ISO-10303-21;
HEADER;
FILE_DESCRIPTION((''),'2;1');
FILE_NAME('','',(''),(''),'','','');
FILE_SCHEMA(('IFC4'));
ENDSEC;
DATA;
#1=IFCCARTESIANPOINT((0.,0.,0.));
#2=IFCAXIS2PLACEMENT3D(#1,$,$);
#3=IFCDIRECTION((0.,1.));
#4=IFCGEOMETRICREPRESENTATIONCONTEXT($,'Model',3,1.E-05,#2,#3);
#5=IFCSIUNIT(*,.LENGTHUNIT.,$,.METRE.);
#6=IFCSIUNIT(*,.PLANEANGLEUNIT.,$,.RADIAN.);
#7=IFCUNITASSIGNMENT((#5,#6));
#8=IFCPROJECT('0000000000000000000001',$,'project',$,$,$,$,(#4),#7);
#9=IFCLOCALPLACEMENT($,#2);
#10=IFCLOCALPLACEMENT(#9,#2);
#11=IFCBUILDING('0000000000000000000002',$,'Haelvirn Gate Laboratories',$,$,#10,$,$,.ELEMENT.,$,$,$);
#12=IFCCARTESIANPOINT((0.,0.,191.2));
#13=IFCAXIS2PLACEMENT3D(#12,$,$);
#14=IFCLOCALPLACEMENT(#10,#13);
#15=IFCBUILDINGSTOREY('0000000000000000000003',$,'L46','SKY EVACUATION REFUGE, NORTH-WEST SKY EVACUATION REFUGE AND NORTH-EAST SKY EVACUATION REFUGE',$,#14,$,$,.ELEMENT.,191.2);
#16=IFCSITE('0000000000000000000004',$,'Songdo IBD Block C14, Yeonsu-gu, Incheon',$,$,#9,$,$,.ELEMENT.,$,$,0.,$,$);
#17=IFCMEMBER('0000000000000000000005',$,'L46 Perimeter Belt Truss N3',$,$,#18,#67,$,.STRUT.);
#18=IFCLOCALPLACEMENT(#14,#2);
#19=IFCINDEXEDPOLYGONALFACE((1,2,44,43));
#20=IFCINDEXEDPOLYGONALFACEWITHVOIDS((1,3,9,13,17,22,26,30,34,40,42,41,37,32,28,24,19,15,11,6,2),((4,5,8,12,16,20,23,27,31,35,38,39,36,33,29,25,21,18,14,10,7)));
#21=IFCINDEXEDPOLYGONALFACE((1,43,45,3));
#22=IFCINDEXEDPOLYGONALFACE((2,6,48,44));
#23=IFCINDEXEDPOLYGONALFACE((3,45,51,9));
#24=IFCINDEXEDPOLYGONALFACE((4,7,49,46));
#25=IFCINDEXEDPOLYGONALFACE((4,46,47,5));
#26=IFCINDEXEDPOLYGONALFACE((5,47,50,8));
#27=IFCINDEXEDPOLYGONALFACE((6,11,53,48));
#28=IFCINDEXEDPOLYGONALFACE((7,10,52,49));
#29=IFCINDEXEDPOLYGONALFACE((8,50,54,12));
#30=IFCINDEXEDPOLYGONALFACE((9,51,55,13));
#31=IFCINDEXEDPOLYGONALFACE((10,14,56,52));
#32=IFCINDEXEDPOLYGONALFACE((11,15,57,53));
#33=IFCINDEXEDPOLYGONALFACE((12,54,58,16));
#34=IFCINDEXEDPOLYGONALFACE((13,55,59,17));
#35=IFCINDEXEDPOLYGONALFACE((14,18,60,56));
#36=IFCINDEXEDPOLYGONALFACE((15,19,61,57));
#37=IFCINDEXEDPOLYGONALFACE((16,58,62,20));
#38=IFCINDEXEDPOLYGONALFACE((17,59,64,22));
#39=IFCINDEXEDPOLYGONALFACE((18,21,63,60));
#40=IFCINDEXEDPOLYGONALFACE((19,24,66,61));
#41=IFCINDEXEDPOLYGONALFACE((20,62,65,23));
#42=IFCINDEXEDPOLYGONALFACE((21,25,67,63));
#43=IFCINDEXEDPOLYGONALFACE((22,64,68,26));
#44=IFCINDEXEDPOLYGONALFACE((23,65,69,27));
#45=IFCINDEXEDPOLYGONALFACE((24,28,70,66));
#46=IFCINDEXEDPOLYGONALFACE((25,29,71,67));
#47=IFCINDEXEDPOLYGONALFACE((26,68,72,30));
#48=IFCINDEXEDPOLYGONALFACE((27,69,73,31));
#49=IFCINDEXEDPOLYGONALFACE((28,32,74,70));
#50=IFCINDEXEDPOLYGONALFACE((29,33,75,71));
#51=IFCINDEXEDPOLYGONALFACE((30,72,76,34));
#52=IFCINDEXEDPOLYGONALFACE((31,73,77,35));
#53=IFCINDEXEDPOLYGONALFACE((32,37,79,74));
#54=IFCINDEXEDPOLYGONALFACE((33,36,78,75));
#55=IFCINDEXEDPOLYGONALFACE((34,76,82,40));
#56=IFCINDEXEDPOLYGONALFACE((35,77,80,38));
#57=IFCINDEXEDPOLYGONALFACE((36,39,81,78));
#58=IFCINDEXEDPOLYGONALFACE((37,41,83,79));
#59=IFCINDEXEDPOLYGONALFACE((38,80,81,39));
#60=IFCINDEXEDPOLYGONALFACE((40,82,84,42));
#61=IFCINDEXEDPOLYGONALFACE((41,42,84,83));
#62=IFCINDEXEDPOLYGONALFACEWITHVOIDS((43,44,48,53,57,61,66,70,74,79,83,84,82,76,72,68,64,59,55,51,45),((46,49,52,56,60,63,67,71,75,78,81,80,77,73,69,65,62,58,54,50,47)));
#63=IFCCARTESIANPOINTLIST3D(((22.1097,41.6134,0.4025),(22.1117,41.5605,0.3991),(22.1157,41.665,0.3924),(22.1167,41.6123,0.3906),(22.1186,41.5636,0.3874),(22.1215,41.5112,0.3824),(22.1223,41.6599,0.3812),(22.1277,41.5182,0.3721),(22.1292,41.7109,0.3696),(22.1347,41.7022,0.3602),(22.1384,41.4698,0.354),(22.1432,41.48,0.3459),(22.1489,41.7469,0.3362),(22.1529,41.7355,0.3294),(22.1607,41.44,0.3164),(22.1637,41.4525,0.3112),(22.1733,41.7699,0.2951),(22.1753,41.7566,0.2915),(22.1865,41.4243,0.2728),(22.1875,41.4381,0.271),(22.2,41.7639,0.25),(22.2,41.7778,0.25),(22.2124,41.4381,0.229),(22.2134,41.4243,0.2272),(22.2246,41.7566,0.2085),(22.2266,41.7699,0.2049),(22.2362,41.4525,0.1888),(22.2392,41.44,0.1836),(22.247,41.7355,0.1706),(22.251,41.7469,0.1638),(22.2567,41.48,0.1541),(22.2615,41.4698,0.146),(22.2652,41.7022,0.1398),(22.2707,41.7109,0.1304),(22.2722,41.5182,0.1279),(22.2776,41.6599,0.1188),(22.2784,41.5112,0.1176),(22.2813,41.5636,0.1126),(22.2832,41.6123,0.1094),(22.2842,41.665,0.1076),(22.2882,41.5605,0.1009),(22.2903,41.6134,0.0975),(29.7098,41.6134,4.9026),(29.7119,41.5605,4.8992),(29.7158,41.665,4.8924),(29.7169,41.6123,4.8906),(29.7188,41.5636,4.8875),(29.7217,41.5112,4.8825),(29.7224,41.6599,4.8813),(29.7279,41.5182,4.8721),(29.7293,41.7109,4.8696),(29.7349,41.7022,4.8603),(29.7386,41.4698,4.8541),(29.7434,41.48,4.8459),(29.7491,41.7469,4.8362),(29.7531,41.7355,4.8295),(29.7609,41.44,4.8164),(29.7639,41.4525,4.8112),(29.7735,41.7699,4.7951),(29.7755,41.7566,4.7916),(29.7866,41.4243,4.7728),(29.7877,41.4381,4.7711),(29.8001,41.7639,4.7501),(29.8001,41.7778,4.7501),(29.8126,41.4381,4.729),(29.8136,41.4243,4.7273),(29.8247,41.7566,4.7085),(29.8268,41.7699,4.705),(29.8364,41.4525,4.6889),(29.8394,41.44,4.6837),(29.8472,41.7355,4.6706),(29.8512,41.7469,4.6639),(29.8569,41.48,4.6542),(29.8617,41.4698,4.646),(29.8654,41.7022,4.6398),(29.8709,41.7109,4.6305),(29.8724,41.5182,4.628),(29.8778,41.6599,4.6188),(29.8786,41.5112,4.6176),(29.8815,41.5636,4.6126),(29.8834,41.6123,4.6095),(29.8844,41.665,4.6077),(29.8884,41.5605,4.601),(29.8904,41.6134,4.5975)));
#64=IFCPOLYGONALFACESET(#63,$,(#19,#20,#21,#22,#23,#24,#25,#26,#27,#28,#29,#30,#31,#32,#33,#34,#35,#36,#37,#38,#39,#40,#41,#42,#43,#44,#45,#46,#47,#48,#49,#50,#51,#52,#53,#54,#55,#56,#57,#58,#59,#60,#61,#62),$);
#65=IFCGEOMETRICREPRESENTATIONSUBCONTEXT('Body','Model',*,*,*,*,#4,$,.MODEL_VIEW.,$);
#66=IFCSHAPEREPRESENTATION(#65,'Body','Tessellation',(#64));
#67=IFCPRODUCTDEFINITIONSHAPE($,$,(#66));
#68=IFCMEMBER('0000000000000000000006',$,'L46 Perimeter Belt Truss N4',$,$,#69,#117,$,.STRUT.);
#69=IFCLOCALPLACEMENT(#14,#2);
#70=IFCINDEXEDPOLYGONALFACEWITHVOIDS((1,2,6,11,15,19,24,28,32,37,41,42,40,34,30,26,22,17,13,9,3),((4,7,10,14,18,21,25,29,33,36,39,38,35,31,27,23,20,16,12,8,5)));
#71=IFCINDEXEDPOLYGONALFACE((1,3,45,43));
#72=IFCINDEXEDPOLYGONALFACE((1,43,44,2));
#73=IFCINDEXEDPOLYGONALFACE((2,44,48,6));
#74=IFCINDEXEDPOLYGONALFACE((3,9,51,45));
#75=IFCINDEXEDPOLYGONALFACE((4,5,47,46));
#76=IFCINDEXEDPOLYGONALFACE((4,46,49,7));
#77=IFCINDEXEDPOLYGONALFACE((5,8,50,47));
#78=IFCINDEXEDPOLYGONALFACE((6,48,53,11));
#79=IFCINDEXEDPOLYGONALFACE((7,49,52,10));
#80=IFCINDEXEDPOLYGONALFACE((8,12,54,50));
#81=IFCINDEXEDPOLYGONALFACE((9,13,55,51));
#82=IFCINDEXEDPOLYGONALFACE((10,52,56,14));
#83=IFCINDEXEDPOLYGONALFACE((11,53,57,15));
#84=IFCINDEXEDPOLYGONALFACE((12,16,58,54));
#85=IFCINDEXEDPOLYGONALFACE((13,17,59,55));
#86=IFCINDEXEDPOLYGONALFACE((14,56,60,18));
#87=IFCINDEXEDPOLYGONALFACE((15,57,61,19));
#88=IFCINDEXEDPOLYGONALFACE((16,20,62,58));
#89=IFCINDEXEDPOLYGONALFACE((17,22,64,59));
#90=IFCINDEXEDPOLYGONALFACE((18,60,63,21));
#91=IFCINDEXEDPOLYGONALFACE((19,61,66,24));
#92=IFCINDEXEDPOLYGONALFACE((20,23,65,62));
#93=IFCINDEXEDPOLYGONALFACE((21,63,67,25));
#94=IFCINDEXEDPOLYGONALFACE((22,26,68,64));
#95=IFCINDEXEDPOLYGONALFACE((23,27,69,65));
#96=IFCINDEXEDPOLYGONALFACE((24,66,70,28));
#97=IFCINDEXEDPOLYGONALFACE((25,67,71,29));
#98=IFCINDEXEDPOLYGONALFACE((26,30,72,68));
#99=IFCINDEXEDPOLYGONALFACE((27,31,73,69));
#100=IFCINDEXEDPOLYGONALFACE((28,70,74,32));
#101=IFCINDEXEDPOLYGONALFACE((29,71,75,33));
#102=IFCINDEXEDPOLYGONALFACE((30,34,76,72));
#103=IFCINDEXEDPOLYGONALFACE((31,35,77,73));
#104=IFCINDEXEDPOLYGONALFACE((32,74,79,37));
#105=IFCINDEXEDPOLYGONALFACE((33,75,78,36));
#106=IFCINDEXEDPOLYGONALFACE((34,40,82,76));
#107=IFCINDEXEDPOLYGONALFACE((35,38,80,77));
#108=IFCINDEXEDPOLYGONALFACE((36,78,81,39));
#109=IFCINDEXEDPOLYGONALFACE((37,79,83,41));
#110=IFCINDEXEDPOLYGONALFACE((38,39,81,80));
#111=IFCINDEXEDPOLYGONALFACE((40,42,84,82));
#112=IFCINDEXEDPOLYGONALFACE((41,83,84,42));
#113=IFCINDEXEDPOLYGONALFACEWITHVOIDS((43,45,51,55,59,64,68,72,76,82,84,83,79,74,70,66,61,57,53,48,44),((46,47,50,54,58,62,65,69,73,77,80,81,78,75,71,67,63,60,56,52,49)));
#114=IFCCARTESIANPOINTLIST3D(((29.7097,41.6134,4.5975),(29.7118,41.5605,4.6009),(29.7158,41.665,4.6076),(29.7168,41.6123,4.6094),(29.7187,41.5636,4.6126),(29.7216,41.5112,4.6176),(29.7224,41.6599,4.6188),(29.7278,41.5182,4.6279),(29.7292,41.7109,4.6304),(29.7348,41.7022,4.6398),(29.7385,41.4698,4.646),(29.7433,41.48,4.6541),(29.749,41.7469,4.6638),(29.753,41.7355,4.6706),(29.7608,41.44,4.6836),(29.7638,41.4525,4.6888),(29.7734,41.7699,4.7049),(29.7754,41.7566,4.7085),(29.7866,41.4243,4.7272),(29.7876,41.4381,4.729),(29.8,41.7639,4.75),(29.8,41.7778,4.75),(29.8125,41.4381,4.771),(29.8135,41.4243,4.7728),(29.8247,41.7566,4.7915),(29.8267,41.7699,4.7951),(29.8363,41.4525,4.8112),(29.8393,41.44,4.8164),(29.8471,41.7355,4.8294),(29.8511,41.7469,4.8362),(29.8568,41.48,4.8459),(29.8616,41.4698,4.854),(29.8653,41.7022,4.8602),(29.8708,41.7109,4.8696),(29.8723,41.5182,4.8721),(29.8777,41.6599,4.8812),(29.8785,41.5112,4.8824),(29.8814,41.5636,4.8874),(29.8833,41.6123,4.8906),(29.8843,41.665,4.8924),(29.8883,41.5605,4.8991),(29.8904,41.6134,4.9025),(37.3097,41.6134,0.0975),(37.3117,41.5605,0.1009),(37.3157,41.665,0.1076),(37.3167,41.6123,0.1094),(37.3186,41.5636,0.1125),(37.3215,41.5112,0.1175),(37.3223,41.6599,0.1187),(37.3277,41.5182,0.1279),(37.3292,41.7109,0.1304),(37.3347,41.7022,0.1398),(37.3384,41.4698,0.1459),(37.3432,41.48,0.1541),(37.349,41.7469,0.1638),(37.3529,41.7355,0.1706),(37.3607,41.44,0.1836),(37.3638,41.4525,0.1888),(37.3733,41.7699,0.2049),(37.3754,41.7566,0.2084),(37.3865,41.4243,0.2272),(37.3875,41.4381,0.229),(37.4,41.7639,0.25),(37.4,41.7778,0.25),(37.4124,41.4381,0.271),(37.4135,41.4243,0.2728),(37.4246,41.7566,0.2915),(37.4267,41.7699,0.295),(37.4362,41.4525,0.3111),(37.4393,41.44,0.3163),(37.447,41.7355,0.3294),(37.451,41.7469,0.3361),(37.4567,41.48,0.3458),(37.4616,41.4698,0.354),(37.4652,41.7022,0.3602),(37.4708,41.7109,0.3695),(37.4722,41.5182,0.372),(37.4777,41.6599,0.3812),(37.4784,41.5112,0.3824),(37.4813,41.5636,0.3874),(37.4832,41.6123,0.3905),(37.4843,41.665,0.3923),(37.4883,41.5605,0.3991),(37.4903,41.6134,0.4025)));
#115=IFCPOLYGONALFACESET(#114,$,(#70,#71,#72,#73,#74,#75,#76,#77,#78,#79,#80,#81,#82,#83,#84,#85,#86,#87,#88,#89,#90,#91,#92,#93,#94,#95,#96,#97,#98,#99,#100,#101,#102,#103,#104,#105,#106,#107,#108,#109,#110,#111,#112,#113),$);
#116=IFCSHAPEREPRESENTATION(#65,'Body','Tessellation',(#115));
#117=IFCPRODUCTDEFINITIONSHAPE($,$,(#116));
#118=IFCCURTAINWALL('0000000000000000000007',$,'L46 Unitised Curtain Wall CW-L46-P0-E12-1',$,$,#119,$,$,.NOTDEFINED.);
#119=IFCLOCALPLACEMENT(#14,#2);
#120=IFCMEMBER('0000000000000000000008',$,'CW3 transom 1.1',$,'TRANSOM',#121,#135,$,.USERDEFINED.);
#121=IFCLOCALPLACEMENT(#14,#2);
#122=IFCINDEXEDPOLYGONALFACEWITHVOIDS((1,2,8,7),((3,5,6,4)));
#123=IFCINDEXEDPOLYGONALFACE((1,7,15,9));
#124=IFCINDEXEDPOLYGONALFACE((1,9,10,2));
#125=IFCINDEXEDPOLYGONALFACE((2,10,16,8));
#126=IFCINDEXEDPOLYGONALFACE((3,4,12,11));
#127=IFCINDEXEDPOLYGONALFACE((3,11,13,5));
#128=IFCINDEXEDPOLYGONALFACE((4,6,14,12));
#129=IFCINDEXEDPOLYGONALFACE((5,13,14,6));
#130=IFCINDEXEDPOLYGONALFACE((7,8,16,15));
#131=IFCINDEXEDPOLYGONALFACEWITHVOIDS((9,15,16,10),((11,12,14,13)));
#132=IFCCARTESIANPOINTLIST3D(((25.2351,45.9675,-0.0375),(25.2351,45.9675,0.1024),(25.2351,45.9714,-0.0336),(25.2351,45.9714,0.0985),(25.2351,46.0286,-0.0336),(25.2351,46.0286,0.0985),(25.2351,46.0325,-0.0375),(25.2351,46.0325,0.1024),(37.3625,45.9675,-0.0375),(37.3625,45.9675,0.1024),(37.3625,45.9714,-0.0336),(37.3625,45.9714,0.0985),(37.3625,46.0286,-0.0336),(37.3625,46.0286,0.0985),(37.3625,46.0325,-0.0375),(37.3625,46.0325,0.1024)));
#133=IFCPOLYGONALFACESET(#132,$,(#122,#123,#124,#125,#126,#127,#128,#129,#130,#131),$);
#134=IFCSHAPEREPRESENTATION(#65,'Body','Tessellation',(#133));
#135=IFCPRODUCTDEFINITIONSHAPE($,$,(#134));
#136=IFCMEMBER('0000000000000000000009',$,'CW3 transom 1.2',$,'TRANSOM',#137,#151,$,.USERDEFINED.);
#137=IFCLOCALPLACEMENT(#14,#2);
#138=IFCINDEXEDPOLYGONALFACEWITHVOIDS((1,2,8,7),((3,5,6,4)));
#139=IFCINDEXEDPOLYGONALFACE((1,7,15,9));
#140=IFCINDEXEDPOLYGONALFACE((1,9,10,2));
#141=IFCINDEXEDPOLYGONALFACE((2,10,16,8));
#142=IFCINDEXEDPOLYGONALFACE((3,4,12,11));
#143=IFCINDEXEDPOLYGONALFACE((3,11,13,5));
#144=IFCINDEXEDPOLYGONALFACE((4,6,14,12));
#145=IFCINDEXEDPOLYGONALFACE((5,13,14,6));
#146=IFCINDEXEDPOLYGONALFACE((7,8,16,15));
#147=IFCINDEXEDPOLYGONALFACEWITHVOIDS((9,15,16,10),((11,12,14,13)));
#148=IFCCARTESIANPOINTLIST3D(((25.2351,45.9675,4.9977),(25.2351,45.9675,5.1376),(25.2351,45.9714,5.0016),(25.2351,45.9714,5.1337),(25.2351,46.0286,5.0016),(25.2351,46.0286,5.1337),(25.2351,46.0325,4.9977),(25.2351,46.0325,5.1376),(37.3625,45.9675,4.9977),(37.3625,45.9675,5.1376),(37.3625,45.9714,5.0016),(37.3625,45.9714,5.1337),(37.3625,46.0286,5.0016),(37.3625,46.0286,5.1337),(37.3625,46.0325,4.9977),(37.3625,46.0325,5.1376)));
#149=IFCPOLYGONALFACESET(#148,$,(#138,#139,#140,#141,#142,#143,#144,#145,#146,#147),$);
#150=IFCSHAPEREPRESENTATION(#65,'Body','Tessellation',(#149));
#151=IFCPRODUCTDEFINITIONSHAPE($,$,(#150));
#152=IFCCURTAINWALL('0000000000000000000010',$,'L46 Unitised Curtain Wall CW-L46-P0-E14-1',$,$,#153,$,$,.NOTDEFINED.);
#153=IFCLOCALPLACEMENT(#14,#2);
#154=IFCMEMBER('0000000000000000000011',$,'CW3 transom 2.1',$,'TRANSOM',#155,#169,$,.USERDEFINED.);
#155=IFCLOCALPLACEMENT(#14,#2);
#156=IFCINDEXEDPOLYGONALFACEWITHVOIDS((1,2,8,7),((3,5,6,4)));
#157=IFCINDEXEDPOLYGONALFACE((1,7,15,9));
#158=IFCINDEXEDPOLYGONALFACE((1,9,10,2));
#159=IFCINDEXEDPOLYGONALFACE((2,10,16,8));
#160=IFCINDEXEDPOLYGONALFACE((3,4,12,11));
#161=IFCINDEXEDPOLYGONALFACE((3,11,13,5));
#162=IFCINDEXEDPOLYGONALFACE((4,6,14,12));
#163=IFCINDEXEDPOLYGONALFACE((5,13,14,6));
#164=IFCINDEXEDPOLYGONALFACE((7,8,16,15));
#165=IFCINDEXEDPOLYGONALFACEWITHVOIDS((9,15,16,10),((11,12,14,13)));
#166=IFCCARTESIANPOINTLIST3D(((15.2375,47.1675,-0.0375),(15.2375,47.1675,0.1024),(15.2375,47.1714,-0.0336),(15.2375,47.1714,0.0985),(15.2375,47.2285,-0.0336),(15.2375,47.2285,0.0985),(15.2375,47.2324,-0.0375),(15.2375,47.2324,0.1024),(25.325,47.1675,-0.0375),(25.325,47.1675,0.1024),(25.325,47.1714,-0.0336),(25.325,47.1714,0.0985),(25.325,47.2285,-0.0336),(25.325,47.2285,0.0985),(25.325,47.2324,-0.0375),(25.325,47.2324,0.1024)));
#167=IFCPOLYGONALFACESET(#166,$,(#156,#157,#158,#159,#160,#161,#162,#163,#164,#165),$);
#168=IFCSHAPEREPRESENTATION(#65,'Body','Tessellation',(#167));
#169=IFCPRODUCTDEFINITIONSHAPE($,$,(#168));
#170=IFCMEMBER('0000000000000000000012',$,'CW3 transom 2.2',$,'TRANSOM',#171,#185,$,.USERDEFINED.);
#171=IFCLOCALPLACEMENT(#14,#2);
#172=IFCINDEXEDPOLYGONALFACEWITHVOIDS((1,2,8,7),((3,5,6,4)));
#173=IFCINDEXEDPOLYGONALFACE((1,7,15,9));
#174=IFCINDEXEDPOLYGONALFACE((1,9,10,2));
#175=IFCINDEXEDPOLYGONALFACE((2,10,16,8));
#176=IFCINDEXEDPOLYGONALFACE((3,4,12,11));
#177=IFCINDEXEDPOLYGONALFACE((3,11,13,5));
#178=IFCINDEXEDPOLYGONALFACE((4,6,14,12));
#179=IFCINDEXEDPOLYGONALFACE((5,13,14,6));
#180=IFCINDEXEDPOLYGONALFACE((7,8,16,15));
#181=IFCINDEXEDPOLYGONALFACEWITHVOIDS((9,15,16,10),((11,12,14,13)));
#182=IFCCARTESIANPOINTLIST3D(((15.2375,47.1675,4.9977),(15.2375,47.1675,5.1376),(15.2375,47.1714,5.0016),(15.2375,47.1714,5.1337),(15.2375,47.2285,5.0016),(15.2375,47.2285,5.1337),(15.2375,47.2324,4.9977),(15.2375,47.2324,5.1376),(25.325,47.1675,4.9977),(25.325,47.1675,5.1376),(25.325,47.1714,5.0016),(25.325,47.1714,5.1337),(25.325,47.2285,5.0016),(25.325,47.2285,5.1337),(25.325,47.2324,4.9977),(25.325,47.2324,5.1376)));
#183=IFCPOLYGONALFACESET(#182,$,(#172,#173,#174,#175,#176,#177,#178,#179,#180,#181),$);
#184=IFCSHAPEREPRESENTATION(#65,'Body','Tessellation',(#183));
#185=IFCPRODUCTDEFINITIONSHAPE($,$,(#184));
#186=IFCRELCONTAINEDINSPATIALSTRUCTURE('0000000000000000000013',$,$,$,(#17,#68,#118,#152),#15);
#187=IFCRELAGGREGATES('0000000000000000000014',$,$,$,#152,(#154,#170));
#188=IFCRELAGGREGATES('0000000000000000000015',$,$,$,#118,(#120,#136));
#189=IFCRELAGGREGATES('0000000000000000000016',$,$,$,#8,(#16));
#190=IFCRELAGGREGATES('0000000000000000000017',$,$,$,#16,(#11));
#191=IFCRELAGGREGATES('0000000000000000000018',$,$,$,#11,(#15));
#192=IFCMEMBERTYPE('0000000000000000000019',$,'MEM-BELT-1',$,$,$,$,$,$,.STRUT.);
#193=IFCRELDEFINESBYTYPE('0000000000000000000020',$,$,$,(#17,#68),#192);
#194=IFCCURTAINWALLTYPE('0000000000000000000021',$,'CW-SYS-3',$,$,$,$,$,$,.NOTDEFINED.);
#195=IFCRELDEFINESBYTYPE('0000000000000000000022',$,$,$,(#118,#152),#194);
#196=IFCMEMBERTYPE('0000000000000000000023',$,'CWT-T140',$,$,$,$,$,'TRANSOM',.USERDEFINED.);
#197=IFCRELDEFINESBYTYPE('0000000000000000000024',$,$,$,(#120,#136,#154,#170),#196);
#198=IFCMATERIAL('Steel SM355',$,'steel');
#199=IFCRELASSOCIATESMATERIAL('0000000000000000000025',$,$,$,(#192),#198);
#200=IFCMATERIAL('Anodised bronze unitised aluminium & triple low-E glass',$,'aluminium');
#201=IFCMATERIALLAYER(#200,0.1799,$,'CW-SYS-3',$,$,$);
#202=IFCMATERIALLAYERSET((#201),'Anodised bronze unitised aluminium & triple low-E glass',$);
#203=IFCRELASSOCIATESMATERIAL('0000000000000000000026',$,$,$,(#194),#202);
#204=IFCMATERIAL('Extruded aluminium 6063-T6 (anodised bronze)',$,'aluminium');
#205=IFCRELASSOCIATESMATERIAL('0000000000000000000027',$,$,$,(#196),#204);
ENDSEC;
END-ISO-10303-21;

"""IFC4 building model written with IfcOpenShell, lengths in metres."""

from ifc_helpers import new_model, si_unit, direction, frame, origin, origin_2d, place, context, subcontext, project, spatial, hollow_rectangle, hollow_circle, extrude, source, transform, mapped, material, layer, layer_set, material_profile, profile_set, type_object, type_shapes, element, aggregate, save


model = new_model("IFC4")

# Units and contexts
model_context = context("Model", 3, precision=1e-05, world=origin(), true_north=direction((0.0, 1.0)))
body_context = subcontext(model_context, "Body", "Model", "MODEL_VIEW")
ifc_project = project(units=[si_unit("LENGTHUNIT", "METRE"), si_unit("PLANEANGLEUNIT", "RADIAN")], contexts=[model_context])

# Site, building, storey
site_placement = place(None, origin())
site = spatial("IfcSite", under=ifc_project, at=site_placement, Name="Songdo IBD Block C14, Yeonsu-gu, Incheon", CompositionType="ELEMENT", RefElevation=0.0)
building_placement = place(site_placement, origin())
building = spatial("IfcBuilding", under=site, at=building_placement, Name="Haelvirn Gate Laboratories", CompositionType="ELEMENT")
storey_placement = place(building_placement, frame((0.0, 0.0, 191.2)))
storey = spatial("IfcBuildingStorey", under=building, at=storey_placement, Name="L46", Description="SKY EVACUATION REFUGE, NORTH-WEST SKY EVACUATION REFUGE AND NORTH-EAST SKY EVACUATION REFUGE", CompositionType="ELEMENT", Elevation=191.2)

# Shared definitions
ifc_material_1 = material(Name="Steel SM355", Category="steel")

# Members
ifc_material_profile_1 = material_profile(ifc_material_1, hollow_circle(Radius=0.1777, WallThickness=0.0139, at=origin_2d()), Name="CHS-355x14")
ifc_profile_set_1 = profile_set([ifc_material_profile_1], Name="Steel SM355")
member_type_1 = type_object("IfcMemberType", Name="MEM-BELT-1", PredefinedType="STRUT", material=ifc_profile_set_1)
shared_shape_1 = source(origin(), body_context, "Body", "SweptSolid", [
    extrude(hollow_circle(Radius=0.1777, WallThickness=0.0139, at=origin_2d()), origin(), (0.0, 0.0, 1.0), 8.8325),
])
member_1_placement = place(storey_placement, frame((22.2, 41.6001, 0.25), z_axis=(0.860478, 0.0, 0.509487), x_axis=(0.0, 1.0, 0.0)))
element("IfcMember", 1, at=member_1_placement, inside=storey, type_object=member_type_1, Name="L46 Perimeter Belt Truss N3", PredefinedType="STRUT", context=body_context, shape_type="MappedRepresentation", body=[
    mapped(shared_shape_1, transform((0.0, 0.0, 0.0), scale=1.0)),
])
shared_shape_2 = source(origin(), body_context, "Body", "SweptSolid", [
    extrude(hollow_circle(Radius=0.1777, WallThickness=0.0139, at=origin_2d()), origin(), (0.0, 0.0, 1.0), 8.8323),
])
member_2_placement = place(storey_placement, frame((29.8, 41.6001, 4.75), z_axis=(0.860471, 0.0, -0.509499), x_axis=(0.0, 1.0, 0.0)))
element("IfcMember", 2, at=member_2_placement, inside=storey, type_object=member_type_1, Name="L46 Perimeter Belt Truss N4", PredefinedType="STRUT", context=body_context, shape_type="MappedRepresentation", body=[
    mapped(shared_shape_2, transform((0.0, 0.0, 0.0), scale=1.0)),
])

# Curtain walls, members
ifc_material_2 = material(Name="Anodised bronze unitised aluminium & triple low-E glass", Category="aluminium")
ifc_layer_1 = layer(ifc_material_2, 0.1799, Name="CW-SYS-3")
ifc_layer_set_1 = layer_set([ifc_layer_1], Name="Anodised bronze unitised aluminium & triple low-E glass")
curtain_wall_type = type_object("IfcCurtainWallType", Name="CW-SYS-3", PredefinedType="NOTDEFINED", material=ifc_layer_set_1)
curtain_wall_1_placement = place(storey_placement, origin())
curtain_wall_1 = element("IfcCurtainWall", 3, at=curtain_wall_1_placement, inside=storey, type_object=curtain_wall_type, Name="L46 Unitised Curtain Wall CW-L46-P0-E12-1", PredefinedType="NOTDEFINED")
ifc_material_3 = material(Name="Extruded aluminium 6063-T6 (anodised bronze)", Category="aluminium")
ifc_material_profile_2 = material_profile(ifc_material_3, hollow_rectangle(XDim=0.0649, YDim=0.1399, WallThickness=0.0039, at=origin_2d()), Name="CWT-140x65x4")
ifc_profile_set_2 = profile_set([ifc_material_profile_2], Name="Extruded aluminium 6063-T6 (anodised bronze)")
member_type_2 = type_object("IfcMemberType", Name="CWT-T140", ElementType="TRANSOM", PredefinedType="USERDEFINED", material=ifc_profile_set_2)
shared_shape_3 = source(origin(), body_context, "Body", "SweptSolid", [
    extrude(hollow_rectangle(XDim=0.0649, YDim=0.1399, WallThickness=0.0039, at=origin_2d()), origin(), (0.0, 0.0, 1.0), 12.1274),
])
member_3_placement = place(storey_placement, frame((25.2351, 46.0, 0.0325), z_axis=(1.0, 0.0, 0.0), x_axis=(0.0, 1.0, 0.0)))
member_3 = element("IfcMember", 4, at=member_3_placement, type_object=member_type_2, Name="CW3 transom 1.1", ObjectType="TRANSOM", PredefinedType="USERDEFINED", context=body_context, shape_type="MappedRepresentation", body=[
    mapped(shared_shape_3, transform((0.0, 0.0, 0.0), scale=1.0)),
])
member_4_placement = place(storey_placement, frame((25.2351, 46.0, 5.0676), z_axis=(1.0, 0.0, 0.0), x_axis=(0.0, 1.0, 0.0)))
member_4 = element("IfcMember", 5, at=member_4_placement, type_object=member_type_2, Name="CW3 transom 1.2", ObjectType="TRANSOM", PredefinedType="USERDEFINED", context=body_context, shape_type="MappedRepresentation", body=[
    mapped(shared_shape_3, transform((0.0, 0.0, 0.0), scale=1.0)),
])
curtain_wall_2_placement = place(storey_placement, origin())
curtain_wall_2 = element("IfcCurtainWall", 6, at=curtain_wall_2_placement, inside=storey, type_object=curtain_wall_type, Name="L46 Unitised Curtain Wall CW-L46-P0-E14-1", PredefinedType="NOTDEFINED")
shared_shape_4 = source(origin(), body_context, "Body", "SweptSolid", [
    extrude(hollow_rectangle(XDim=0.0649, YDim=0.1399, WallThickness=0.0039, at=origin_2d()), origin(), (0.0, 0.0, 1.0), 10.0874),
])
type_shapes(member_type_2, [shared_shape_3, shared_shape_4])
member_5_placement = place(storey_placement, frame((15.2375, 47.2, 0.0325), z_axis=(1.0, 0.0, 0.0), x_axis=(0.0, 1.0, 0.0)))
member_5 = element("IfcMember", 7, at=member_5_placement, type_object=member_type_2, Name="CW3 transom 2.1", ObjectType="TRANSOM", PredefinedType="USERDEFINED", context=body_context, shape_type="MappedRepresentation", body=[
    mapped(shared_shape_4, transform((0.0, 0.0, 0.0), scale=1.0)),
])
member_6_placement = place(storey_placement, frame((15.2375, 47.2, 5.0676), z_axis=(1.0, 0.0, 0.0), x_axis=(0.0, 1.0, 0.0)))
member_6 = element("IfcMember", 8, at=member_6_placement, type_object=member_type_2, Name="CW3 transom 2.2", ObjectType="TRANSOM", PredefinedType="USERDEFINED", context=body_context, shape_type="MappedRepresentation", body=[
    mapped(shared_shape_4, transform((0.0, 0.0, 0.0), scale=1.0)),
])

aggregate(curtain_wall_2, [member_5, member_6])
aggregate(curtain_wall_1, [member_3, member_4])

save(model, "model.ifc")
